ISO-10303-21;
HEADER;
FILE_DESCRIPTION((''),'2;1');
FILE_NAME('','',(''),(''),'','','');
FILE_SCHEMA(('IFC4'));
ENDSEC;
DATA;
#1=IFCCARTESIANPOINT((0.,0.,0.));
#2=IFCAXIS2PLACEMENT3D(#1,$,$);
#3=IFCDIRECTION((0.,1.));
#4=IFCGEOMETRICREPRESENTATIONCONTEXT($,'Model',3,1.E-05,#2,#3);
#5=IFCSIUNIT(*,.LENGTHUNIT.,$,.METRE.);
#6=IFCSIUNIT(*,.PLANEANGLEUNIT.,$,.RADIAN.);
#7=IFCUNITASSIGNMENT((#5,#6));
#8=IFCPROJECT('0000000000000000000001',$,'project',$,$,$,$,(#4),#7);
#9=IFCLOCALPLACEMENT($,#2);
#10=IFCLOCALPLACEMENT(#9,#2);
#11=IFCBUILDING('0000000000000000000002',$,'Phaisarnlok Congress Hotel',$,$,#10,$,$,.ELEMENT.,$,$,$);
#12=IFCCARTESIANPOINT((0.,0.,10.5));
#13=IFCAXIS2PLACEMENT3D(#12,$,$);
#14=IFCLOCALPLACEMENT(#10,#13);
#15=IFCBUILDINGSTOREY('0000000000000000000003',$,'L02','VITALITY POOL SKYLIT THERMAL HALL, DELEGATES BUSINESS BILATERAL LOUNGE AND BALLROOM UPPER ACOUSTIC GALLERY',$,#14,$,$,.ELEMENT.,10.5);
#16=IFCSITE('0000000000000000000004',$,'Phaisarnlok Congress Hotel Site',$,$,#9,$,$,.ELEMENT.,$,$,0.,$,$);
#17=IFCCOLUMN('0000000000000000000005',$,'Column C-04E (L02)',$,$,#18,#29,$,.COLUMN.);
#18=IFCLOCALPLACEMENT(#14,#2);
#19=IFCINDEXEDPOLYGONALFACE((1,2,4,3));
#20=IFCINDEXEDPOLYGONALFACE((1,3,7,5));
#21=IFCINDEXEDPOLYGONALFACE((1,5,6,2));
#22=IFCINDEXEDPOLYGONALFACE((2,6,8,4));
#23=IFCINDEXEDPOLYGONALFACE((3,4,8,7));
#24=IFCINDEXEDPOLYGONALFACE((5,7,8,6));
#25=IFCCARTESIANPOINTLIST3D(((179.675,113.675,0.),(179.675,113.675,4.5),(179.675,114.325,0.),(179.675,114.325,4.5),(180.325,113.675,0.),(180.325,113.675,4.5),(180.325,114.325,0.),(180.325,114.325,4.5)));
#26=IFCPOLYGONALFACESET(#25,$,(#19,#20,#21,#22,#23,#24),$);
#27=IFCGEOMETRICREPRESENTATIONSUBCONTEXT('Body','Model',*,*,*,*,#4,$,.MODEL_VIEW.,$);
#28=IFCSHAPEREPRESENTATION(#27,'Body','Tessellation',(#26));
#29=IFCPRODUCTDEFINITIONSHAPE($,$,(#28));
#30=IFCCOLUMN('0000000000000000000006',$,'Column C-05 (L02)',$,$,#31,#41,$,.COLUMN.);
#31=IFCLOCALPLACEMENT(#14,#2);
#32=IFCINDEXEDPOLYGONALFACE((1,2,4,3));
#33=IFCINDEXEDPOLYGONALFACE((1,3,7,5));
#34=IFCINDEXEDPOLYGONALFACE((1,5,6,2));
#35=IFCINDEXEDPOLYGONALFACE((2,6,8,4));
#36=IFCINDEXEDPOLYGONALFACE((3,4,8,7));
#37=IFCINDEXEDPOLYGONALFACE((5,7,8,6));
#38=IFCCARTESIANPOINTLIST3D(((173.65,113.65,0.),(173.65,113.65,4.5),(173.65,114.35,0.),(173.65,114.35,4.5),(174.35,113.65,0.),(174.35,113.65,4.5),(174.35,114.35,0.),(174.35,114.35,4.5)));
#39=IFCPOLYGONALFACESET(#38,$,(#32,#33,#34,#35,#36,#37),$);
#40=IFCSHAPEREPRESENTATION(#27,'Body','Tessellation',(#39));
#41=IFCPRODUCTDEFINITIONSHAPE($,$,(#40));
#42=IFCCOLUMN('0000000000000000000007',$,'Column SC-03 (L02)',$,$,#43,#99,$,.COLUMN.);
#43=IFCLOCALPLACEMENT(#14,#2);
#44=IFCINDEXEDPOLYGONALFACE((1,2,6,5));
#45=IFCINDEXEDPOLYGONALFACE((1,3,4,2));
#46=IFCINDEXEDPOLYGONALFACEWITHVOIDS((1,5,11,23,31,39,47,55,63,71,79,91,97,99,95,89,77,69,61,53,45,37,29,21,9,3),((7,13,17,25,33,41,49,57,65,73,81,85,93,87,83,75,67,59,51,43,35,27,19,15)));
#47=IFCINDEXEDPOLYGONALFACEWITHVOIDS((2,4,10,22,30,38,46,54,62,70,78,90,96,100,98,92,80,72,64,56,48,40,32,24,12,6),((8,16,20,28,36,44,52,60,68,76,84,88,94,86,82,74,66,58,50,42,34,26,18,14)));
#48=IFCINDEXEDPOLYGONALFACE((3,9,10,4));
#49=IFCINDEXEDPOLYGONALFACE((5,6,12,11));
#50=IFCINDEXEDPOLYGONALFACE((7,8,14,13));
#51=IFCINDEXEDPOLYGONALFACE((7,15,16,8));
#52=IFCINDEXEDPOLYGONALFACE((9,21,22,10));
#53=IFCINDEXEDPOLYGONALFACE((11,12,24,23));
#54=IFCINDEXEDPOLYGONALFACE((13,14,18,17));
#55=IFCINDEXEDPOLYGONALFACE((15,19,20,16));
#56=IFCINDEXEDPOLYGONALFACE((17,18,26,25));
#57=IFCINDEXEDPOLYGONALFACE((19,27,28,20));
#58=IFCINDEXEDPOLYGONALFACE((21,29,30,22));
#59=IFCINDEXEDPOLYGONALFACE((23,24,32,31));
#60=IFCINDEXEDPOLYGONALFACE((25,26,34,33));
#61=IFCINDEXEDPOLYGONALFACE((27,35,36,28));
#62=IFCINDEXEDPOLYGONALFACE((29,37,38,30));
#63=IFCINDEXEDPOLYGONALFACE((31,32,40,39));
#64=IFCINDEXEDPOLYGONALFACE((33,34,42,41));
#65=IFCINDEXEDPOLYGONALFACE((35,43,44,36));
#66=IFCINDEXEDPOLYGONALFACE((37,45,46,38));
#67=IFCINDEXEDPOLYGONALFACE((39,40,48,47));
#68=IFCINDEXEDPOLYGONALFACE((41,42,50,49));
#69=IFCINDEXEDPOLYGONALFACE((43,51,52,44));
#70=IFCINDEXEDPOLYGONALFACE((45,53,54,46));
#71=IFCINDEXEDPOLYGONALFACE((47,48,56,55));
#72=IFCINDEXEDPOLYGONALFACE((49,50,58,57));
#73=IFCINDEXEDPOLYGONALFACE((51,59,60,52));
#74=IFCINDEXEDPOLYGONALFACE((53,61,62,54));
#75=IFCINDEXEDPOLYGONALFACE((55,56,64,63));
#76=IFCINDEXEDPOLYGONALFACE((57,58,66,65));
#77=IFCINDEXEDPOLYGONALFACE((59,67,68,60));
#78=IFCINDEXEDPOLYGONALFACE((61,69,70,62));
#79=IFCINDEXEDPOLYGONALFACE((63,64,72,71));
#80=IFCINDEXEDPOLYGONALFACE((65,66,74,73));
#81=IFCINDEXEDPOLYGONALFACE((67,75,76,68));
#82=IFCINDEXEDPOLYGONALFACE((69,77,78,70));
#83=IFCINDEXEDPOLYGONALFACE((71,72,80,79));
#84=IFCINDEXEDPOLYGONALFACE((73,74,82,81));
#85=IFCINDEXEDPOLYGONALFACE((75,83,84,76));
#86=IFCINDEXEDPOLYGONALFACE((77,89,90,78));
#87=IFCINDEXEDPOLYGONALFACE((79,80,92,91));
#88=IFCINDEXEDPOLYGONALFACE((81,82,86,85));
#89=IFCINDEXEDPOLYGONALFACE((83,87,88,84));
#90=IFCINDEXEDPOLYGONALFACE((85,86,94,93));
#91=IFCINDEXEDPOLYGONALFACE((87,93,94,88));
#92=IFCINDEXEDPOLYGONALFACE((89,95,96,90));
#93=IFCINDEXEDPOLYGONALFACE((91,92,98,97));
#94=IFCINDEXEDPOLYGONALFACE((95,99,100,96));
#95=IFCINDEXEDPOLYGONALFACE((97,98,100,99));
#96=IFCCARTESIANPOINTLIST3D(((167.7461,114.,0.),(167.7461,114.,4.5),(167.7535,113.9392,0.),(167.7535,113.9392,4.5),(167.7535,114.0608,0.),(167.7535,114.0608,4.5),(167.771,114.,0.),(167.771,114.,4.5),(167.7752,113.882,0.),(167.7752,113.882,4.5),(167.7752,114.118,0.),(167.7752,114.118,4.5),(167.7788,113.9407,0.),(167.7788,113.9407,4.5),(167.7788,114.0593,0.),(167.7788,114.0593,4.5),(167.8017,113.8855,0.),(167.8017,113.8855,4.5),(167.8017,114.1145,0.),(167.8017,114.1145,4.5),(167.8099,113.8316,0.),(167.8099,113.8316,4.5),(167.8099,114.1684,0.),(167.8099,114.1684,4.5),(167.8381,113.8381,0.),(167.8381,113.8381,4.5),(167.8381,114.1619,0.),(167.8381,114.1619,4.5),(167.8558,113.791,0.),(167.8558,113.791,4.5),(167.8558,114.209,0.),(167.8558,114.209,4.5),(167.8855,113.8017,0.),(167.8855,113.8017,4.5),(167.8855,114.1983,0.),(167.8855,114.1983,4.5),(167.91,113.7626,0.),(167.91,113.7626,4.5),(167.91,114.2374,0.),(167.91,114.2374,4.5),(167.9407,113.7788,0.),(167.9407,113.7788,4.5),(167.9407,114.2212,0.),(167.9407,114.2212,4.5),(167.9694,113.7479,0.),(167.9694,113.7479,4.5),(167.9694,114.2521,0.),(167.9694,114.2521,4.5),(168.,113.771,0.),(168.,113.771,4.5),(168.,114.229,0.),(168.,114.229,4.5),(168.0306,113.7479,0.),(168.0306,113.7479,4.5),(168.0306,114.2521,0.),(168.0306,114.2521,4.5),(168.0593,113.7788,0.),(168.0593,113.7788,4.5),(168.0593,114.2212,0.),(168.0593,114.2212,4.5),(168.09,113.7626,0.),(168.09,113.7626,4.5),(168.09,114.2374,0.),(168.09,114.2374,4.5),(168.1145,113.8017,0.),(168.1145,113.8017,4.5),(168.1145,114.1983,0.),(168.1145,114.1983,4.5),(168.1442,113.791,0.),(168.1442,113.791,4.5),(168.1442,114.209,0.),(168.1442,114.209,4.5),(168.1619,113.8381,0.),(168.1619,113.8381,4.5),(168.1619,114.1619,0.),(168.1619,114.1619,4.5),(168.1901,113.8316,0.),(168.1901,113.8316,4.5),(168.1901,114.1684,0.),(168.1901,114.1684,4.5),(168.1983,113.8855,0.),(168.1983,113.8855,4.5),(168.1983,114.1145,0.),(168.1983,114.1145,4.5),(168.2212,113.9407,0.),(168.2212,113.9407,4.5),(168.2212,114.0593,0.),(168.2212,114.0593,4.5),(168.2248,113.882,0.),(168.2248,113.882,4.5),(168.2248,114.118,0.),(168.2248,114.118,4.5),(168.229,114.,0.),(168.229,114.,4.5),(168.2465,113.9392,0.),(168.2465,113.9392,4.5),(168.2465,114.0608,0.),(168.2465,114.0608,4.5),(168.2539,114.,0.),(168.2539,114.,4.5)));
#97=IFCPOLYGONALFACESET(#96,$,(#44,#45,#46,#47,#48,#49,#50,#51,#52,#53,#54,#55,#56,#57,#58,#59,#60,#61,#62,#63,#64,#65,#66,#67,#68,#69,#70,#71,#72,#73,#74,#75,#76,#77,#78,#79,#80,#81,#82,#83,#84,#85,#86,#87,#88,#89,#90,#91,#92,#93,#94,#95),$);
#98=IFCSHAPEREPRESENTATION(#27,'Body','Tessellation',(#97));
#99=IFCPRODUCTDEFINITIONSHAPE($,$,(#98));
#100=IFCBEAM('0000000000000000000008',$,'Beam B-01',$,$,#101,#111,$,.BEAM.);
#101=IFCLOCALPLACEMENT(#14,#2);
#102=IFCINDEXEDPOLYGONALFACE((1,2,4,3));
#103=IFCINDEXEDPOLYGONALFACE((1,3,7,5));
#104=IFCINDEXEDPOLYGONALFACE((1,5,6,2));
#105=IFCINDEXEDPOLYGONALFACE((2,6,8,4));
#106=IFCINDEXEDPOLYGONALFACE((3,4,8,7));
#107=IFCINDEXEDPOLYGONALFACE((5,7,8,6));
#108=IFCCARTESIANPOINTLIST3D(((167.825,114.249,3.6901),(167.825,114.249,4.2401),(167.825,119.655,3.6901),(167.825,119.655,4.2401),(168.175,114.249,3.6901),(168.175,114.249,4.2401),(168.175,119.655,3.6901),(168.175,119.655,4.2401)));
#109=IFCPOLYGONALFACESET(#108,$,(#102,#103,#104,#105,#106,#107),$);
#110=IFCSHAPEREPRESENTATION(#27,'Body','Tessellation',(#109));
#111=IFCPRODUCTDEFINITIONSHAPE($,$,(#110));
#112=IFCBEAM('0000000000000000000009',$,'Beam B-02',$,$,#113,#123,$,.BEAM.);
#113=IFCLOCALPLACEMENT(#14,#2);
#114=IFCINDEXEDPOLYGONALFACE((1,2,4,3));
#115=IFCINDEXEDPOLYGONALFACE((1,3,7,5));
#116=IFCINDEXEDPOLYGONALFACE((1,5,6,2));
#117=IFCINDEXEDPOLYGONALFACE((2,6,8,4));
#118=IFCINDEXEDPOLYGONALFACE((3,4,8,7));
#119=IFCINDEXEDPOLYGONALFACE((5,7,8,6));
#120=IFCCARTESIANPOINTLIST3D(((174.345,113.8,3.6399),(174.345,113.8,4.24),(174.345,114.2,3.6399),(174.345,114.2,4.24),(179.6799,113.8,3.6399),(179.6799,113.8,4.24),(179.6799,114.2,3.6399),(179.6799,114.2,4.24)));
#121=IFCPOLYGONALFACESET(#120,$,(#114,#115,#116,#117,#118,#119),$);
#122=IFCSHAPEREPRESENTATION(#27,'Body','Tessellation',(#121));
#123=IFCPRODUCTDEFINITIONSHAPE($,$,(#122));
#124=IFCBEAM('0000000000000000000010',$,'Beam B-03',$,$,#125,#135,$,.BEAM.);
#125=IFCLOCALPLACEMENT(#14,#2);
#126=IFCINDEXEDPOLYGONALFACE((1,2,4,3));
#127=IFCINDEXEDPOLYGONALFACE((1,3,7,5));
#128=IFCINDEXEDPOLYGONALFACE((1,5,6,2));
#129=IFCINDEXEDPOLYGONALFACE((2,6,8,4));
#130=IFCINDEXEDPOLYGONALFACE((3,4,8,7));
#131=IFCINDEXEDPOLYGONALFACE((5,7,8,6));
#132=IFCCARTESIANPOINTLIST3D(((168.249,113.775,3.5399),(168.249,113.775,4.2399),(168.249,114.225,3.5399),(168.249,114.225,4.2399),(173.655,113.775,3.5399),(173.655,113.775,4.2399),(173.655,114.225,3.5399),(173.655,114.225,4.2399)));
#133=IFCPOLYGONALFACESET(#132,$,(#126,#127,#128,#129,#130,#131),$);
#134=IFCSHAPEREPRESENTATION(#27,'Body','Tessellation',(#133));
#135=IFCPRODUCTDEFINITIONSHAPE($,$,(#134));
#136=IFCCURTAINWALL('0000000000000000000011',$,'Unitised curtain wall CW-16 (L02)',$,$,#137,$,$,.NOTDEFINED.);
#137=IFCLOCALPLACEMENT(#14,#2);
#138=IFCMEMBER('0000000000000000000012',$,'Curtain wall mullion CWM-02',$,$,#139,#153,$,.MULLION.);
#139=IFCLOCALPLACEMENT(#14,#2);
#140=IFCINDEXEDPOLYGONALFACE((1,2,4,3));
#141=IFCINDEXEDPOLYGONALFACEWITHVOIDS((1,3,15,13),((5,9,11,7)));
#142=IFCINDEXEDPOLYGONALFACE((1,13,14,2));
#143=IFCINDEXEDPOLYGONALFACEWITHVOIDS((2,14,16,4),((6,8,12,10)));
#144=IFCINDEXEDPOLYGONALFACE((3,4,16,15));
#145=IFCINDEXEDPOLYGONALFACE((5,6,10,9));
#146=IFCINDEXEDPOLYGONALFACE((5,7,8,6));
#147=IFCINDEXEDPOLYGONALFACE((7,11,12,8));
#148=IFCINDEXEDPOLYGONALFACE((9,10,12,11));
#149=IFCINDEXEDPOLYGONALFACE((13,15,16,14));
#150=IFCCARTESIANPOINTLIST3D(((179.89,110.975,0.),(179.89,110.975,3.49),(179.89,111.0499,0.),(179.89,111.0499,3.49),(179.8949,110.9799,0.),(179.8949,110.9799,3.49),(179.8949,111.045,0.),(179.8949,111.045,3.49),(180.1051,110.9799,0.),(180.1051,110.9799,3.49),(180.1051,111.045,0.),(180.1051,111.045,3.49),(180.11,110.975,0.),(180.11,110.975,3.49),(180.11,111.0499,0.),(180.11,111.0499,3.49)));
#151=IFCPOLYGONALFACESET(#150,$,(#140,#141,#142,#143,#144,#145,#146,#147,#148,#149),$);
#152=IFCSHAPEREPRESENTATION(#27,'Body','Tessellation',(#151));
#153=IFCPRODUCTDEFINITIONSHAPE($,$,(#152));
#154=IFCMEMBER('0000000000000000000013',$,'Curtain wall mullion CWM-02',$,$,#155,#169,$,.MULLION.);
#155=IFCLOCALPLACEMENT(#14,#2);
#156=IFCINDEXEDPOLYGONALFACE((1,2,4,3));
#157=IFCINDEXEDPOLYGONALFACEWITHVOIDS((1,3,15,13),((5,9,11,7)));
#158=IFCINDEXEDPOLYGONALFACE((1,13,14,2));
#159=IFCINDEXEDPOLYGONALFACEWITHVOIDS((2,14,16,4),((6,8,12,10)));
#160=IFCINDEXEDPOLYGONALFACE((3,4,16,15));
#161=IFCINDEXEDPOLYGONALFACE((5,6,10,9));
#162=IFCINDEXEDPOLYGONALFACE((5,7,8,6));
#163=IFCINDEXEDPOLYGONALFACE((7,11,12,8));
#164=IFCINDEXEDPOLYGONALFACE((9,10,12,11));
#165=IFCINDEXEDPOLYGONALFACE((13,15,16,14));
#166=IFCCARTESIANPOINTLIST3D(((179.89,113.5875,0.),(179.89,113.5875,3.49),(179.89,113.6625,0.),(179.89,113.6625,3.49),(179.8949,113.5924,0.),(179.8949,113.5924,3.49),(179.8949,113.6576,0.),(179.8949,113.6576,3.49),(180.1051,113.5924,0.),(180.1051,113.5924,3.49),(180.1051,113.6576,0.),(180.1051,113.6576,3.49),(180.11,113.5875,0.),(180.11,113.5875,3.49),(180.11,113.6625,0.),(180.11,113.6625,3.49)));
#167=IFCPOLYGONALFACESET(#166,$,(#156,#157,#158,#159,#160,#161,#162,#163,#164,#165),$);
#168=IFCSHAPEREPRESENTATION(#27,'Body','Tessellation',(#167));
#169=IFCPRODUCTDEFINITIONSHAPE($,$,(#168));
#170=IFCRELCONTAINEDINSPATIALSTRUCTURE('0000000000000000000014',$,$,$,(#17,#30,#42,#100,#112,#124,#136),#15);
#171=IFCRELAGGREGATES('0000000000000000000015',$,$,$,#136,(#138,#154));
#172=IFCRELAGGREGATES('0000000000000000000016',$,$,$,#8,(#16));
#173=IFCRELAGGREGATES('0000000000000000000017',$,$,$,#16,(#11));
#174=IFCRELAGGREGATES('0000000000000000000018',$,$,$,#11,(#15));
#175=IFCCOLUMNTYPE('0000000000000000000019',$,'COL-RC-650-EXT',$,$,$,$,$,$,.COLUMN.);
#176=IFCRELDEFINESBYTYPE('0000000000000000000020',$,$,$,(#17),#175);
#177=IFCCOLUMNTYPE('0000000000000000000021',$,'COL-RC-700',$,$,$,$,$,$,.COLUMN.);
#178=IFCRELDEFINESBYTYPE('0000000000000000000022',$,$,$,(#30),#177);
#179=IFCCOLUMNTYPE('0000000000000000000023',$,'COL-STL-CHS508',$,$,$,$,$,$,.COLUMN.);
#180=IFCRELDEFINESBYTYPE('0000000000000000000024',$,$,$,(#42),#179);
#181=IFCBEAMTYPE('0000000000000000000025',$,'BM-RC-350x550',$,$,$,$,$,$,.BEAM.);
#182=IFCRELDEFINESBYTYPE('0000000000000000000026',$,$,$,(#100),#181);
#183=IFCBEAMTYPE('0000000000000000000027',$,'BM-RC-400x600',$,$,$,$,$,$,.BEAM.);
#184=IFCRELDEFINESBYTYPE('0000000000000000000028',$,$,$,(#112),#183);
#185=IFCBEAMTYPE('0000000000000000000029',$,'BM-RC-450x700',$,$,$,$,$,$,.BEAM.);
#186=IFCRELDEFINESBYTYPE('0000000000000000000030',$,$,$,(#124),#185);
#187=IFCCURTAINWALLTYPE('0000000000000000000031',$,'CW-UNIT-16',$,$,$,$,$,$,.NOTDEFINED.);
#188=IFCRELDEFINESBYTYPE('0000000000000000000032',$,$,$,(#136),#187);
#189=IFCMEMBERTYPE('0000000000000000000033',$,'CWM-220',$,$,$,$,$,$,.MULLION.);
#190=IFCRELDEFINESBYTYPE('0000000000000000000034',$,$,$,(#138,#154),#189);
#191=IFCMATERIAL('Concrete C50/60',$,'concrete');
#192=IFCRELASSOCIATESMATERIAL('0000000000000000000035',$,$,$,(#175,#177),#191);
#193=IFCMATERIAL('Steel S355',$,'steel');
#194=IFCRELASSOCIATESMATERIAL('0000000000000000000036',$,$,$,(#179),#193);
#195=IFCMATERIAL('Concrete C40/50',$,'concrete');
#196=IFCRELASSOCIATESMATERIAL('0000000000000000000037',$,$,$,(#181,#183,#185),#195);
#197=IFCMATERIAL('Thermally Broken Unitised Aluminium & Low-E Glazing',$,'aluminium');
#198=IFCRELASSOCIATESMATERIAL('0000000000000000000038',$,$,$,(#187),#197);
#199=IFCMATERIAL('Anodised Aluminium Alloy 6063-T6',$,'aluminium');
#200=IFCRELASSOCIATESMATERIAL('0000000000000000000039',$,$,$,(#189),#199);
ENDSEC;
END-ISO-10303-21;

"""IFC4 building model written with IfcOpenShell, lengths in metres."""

from ifc_helpers import new_model, si_unit, direction, frame, origin, origin_2d, place, context, subcontext, project, spatial, rectangle, hollow_rectangle, hollow_circle, extrude, material, material_profile, profile_set, type_object, element, aggregate, save


model = new_model("IFC4")

# Units and contexts
model_context = context("Model", 3, precision=1e-05, world=origin(), true_north=direction((0.0, 1.0)))
body_context = subcontext(model_context, "Body", "Model", "MODEL_VIEW")
ifc_project = project(units=[si_unit("LENGTHUNIT", "METRE"), si_unit("PLANEANGLEUNIT", "RADIAN")], contexts=[model_context])

# Site, building, storey
site_placement = place(None, origin())
site = spatial("IfcSite", under=ifc_project, at=site_placement, Name="Phaisarnlok Congress Hotel Site", CompositionType="ELEMENT", RefElevation=0.0)
building_placement = place(site_placement, origin())
building = spatial("IfcBuilding", under=site, at=building_placement, Name="Phaisarnlok Congress Hotel", CompositionType="ELEMENT")
storey_placement = place(building_placement, frame((0.0, 0.0, 10.5)))
storey = spatial("IfcBuildingStorey", under=building, at=storey_placement, Name="L02", Description="VITALITY POOL SKYLIT THERMAL HALL, DELEGATES BUSINESS BILATERAL LOUNGE AND BALLROOM UPPER ACOUSTIC GALLERY", CompositionType="ELEMENT", Elevation=10.5)

# Columns
ifc_material_1 = material(Name="Concrete C50/60", Category="concrete")
ifc_material_profile_1 = material_profile(ifc_material_1, rectangle(XDim=0.6499, YDim=0.6499, at=origin_2d()), Name="RC 650x650")
ifc_profile_set_1 = profile_set([ifc_material_profile_1], Name="Concrete C50/60")
column_type_1 = type_object("IfcColumnType", Name="COL-RC-650-EXT", PredefinedType="COLUMN", material=ifc_profile_set_1)
column_1_placement = place(storey_placement, frame((180.0, 114.0, 0.0), z_axis=(0.0, 0.0, 1.0), x_axis=(1.0, 0.0, 0.0)))
element("IfcColumn", 1, at=column_1_placement, inside=storey, type_object=column_type_1, Name="Column C-04E (L02)", PredefinedType="COLUMN", context=body_context, shape_type="SweptSolid", body=[
    extrude(rectangle(XDim=0.6499, YDim=0.6499, at=origin_2d()), origin(), (0.0, 0.0, 1.0), 4.5),
])
ifc_material_profile_2 = material_profile(ifc_material_1, rectangle(XDim=0.7, YDim=0.7, at=origin_2d()), Name="RC 700x700")
ifc_profile_set_2 = profile_set([ifc_material_profile_2], Name="Concrete C50/60")
column_type_2 = type_object("IfcColumnType", Name="COL-RC-700", PredefinedType="COLUMN", material=ifc_profile_set_2)
column_2_placement = place(storey_placement, frame((174.0, 114.0, 0.0), z_axis=(0.0, 0.0, 1.0), x_axis=(1.0, 0.0, 0.0)))
element("IfcColumn", 2, at=column_2_placement, inside=storey, type_object=column_type_2, Name="Column C-05 (L02)", PredefinedType="COLUMN", context=body_context, shape_type="SweptSolid", body=[
    extrude(rectangle(XDim=0.7, YDim=0.7, at=origin_2d()), origin(), (0.0, 0.0, 1.0), 4.5),
])
ifc_material_2 = material(Name="Steel S355", Category="steel")
ifc_material_profile_3 = material_profile(ifc_material_2, hollow_circle(Radius=0.2539, WallThickness=0.0249, at=origin_2d()), Name="CHS 508x25")
ifc_profile_set_3 = profile_set([ifc_material_profile_3], Name="Steel S355")
column_type_3 = type_object("IfcColumnType", Name="COL-STL-CHS508", PredefinedType="COLUMN", material=ifc_profile_set_3)
column_3_placement = place(storey_placement, frame((168.0, 114.0, 0.0), z_axis=(0.0, 0.0, 1.0), x_axis=(1.0, 0.0, 0.0)))
element("IfcColumn", 3, at=column_3_placement, inside=storey, type_object=column_type_3, Name="Column SC-03 (L02)", PredefinedType="COLUMN", context=body_context, shape_type="SweptSolid", body=[
    extrude(hollow_circle(Radius=0.2539, WallThickness=0.0249, at=origin_2d()), origin(), (0.0, 0.0, 1.0), 4.5),
])

# Beams
ifc_material_3 = material(Name="Concrete C40/50", Category="concrete")
ifc_material_profile_4 = material_profile(ifc_material_3, rectangle(XDim=0.3501, YDim=0.55, at=origin_2d()), Name="RC 350x550")
ifc_profile_set_4 = profile_set([ifc_material_profile_4], Name="Concrete C40/50")
beam_type_1 = type_object("IfcBeamType", Name="BM-RC-350x550", PredefinedType="BEAM", material=ifc_profile_set_4)
beam_1_placement = place(storey_placement, frame((168.0, 114.249, 3.9651), z_axis=(0.0, 1.0, 0.0), x_axis=(-1.0, 0.0, 0.0)))
element("IfcBeam", 4, at=beam_1_placement, inside=storey, type_object=beam_type_1, Name="Beam B-01", PredefinedType="BEAM", context=body_context, shape_type="SweptSolid", body=[
    extrude(rectangle(XDim=0.3501, YDim=0.55, at=origin_2d()), origin(), (0.0, 0.0, 1.0), 5.406),
])
ifc_material_profile_5 = material_profile(ifc_material_3, rectangle(XDim=0.3999, YDim=0.6001, at=origin_2d()), Name="RC 400x600")
ifc_profile_set_5 = profile_set([ifc_material_profile_5], Name="Concrete C40/50")
beam_type_2 = type_object("IfcBeamType", Name="BM-RC-400x600", PredefinedType="BEAM", material=ifc_profile_set_5)
beam_2_placement = place(storey_placement, frame((174.345, 114.0, 3.9399), z_axis=(1.0, 0.0, 0.0), x_axis=(0.0, 1.0, 0.0)))
element("IfcBeam", 5, at=beam_2_placement, inside=storey, type_object=beam_type_2, Name="Beam B-02", PredefinedType="BEAM", context=body_context, shape_type="SweptSolid", body=[
    extrude(rectangle(XDim=0.3999, YDim=0.6001, at=origin_2d()), origin(), (0.0, 0.0, 1.0), 5.335),
])
ifc_material_profile_6 = material_profile(ifc_material_3, rectangle(XDim=0.45, YDim=0.7, at=origin_2d()), Name="RC 450x700")
ifc_profile_set_6 = profile_set([ifc_material_profile_6], Name="Concrete C40/50")
beam_type_3 = type_object("IfcBeamType", Name="BM-RC-450x700", PredefinedType="BEAM", material=ifc_profile_set_6)
beam_3_placement = place(storey_placement, frame((168.249, 114.0, 3.8899), z_axis=(1.0, 0.0, 0.0), x_axis=(0.0, 1.0, 0.0)))
element("IfcBeam", 6, at=beam_3_placement, inside=storey, type_object=beam_type_3, Name="Beam B-03", PredefinedType="BEAM", context=body_context, shape_type="SweptSolid", body=[
    extrude(rectangle(XDim=0.45, YDim=0.7, at=origin_2d()), origin(), (0.0, 0.0, 1.0), 5.406),
])

# Curtain wall, members
ifc_material_4 = material(Name="Thermally Broken Unitised Aluminium & Low-E Glazing", Category="aluminium")
curtain_wall_type = type_object("IfcCurtainWallType", Name="CW-UNIT-16", PredefinedType="NOTDEFINED", material=ifc_material_4)
curtain_wall_placement = place(storey_placement, origin())
curtain_wall = element("IfcCurtainWall", 7, at=curtain_wall_placement, inside=storey, type_object=curtain_wall_type, Name="Unitised curtain wall CW-16 (L02)", PredefinedType="NOTDEFINED")
ifc_material_5 = material(Name="Anodised Aluminium Alloy 6063-T6", Category="aluminium")
ifc_material_profile_7 = material_profile(ifc_material_5, hollow_rectangle(XDim=0.075, YDim=0.22, WallThickness=0.0049, at=origin_2d()), Name="ALU-M 75x220x5")
ifc_profile_set_7 = profile_set([ifc_material_profile_7], Name="Anodised Aluminium Alloy 6063-T6")
member_type_1 = type_object("IfcMemberType", Name="CWM-220", PredefinedType="MULLION", material=ifc_profile_set_7)
member_1_placement = place(storey_placement, frame((180.0, 111.0125, 0.0), z_axis=(0.0, 0.0, 1.0), x_axis=(0.0, 1.0, 0.0)))
member_1 = element("IfcMember", 8, at=member_1_placement, type_object=member_type_1, Name="Curtain wall mullion CWM-02", PredefinedType="MULLION", context=body_context, shape_type="SweptSolid", body=[
    extrude(hollow_rectangle(XDim=0.075, YDim=0.22, WallThickness=0.0049, at=origin_2d()), origin(), (0.0, 0.0, 1.0), 3.49),
])
member_2_placement = place(storey_placement, frame((180.0, 113.625, 0.0), z_axis=(0.0, 0.0, 1.0), x_axis=(0.0, 1.0, 0.0)))
member_2 = element("IfcMember", 9, at=member_2_placement, type_object=member_type_1, Name="Curtain wall mullion CWM-02", PredefinedType="MULLION", context=body_context, shape_type="SweptSolid", body=[
    extrude(hollow_rectangle(XDim=0.075, YDim=0.22, WallThickness=0.0049, at=origin_2d()), origin(), (0.0, 0.0, 1.0), 3.49),
])

aggregate(curtain_wall, [member_1, member_2])

save(model, "model.ifc")
